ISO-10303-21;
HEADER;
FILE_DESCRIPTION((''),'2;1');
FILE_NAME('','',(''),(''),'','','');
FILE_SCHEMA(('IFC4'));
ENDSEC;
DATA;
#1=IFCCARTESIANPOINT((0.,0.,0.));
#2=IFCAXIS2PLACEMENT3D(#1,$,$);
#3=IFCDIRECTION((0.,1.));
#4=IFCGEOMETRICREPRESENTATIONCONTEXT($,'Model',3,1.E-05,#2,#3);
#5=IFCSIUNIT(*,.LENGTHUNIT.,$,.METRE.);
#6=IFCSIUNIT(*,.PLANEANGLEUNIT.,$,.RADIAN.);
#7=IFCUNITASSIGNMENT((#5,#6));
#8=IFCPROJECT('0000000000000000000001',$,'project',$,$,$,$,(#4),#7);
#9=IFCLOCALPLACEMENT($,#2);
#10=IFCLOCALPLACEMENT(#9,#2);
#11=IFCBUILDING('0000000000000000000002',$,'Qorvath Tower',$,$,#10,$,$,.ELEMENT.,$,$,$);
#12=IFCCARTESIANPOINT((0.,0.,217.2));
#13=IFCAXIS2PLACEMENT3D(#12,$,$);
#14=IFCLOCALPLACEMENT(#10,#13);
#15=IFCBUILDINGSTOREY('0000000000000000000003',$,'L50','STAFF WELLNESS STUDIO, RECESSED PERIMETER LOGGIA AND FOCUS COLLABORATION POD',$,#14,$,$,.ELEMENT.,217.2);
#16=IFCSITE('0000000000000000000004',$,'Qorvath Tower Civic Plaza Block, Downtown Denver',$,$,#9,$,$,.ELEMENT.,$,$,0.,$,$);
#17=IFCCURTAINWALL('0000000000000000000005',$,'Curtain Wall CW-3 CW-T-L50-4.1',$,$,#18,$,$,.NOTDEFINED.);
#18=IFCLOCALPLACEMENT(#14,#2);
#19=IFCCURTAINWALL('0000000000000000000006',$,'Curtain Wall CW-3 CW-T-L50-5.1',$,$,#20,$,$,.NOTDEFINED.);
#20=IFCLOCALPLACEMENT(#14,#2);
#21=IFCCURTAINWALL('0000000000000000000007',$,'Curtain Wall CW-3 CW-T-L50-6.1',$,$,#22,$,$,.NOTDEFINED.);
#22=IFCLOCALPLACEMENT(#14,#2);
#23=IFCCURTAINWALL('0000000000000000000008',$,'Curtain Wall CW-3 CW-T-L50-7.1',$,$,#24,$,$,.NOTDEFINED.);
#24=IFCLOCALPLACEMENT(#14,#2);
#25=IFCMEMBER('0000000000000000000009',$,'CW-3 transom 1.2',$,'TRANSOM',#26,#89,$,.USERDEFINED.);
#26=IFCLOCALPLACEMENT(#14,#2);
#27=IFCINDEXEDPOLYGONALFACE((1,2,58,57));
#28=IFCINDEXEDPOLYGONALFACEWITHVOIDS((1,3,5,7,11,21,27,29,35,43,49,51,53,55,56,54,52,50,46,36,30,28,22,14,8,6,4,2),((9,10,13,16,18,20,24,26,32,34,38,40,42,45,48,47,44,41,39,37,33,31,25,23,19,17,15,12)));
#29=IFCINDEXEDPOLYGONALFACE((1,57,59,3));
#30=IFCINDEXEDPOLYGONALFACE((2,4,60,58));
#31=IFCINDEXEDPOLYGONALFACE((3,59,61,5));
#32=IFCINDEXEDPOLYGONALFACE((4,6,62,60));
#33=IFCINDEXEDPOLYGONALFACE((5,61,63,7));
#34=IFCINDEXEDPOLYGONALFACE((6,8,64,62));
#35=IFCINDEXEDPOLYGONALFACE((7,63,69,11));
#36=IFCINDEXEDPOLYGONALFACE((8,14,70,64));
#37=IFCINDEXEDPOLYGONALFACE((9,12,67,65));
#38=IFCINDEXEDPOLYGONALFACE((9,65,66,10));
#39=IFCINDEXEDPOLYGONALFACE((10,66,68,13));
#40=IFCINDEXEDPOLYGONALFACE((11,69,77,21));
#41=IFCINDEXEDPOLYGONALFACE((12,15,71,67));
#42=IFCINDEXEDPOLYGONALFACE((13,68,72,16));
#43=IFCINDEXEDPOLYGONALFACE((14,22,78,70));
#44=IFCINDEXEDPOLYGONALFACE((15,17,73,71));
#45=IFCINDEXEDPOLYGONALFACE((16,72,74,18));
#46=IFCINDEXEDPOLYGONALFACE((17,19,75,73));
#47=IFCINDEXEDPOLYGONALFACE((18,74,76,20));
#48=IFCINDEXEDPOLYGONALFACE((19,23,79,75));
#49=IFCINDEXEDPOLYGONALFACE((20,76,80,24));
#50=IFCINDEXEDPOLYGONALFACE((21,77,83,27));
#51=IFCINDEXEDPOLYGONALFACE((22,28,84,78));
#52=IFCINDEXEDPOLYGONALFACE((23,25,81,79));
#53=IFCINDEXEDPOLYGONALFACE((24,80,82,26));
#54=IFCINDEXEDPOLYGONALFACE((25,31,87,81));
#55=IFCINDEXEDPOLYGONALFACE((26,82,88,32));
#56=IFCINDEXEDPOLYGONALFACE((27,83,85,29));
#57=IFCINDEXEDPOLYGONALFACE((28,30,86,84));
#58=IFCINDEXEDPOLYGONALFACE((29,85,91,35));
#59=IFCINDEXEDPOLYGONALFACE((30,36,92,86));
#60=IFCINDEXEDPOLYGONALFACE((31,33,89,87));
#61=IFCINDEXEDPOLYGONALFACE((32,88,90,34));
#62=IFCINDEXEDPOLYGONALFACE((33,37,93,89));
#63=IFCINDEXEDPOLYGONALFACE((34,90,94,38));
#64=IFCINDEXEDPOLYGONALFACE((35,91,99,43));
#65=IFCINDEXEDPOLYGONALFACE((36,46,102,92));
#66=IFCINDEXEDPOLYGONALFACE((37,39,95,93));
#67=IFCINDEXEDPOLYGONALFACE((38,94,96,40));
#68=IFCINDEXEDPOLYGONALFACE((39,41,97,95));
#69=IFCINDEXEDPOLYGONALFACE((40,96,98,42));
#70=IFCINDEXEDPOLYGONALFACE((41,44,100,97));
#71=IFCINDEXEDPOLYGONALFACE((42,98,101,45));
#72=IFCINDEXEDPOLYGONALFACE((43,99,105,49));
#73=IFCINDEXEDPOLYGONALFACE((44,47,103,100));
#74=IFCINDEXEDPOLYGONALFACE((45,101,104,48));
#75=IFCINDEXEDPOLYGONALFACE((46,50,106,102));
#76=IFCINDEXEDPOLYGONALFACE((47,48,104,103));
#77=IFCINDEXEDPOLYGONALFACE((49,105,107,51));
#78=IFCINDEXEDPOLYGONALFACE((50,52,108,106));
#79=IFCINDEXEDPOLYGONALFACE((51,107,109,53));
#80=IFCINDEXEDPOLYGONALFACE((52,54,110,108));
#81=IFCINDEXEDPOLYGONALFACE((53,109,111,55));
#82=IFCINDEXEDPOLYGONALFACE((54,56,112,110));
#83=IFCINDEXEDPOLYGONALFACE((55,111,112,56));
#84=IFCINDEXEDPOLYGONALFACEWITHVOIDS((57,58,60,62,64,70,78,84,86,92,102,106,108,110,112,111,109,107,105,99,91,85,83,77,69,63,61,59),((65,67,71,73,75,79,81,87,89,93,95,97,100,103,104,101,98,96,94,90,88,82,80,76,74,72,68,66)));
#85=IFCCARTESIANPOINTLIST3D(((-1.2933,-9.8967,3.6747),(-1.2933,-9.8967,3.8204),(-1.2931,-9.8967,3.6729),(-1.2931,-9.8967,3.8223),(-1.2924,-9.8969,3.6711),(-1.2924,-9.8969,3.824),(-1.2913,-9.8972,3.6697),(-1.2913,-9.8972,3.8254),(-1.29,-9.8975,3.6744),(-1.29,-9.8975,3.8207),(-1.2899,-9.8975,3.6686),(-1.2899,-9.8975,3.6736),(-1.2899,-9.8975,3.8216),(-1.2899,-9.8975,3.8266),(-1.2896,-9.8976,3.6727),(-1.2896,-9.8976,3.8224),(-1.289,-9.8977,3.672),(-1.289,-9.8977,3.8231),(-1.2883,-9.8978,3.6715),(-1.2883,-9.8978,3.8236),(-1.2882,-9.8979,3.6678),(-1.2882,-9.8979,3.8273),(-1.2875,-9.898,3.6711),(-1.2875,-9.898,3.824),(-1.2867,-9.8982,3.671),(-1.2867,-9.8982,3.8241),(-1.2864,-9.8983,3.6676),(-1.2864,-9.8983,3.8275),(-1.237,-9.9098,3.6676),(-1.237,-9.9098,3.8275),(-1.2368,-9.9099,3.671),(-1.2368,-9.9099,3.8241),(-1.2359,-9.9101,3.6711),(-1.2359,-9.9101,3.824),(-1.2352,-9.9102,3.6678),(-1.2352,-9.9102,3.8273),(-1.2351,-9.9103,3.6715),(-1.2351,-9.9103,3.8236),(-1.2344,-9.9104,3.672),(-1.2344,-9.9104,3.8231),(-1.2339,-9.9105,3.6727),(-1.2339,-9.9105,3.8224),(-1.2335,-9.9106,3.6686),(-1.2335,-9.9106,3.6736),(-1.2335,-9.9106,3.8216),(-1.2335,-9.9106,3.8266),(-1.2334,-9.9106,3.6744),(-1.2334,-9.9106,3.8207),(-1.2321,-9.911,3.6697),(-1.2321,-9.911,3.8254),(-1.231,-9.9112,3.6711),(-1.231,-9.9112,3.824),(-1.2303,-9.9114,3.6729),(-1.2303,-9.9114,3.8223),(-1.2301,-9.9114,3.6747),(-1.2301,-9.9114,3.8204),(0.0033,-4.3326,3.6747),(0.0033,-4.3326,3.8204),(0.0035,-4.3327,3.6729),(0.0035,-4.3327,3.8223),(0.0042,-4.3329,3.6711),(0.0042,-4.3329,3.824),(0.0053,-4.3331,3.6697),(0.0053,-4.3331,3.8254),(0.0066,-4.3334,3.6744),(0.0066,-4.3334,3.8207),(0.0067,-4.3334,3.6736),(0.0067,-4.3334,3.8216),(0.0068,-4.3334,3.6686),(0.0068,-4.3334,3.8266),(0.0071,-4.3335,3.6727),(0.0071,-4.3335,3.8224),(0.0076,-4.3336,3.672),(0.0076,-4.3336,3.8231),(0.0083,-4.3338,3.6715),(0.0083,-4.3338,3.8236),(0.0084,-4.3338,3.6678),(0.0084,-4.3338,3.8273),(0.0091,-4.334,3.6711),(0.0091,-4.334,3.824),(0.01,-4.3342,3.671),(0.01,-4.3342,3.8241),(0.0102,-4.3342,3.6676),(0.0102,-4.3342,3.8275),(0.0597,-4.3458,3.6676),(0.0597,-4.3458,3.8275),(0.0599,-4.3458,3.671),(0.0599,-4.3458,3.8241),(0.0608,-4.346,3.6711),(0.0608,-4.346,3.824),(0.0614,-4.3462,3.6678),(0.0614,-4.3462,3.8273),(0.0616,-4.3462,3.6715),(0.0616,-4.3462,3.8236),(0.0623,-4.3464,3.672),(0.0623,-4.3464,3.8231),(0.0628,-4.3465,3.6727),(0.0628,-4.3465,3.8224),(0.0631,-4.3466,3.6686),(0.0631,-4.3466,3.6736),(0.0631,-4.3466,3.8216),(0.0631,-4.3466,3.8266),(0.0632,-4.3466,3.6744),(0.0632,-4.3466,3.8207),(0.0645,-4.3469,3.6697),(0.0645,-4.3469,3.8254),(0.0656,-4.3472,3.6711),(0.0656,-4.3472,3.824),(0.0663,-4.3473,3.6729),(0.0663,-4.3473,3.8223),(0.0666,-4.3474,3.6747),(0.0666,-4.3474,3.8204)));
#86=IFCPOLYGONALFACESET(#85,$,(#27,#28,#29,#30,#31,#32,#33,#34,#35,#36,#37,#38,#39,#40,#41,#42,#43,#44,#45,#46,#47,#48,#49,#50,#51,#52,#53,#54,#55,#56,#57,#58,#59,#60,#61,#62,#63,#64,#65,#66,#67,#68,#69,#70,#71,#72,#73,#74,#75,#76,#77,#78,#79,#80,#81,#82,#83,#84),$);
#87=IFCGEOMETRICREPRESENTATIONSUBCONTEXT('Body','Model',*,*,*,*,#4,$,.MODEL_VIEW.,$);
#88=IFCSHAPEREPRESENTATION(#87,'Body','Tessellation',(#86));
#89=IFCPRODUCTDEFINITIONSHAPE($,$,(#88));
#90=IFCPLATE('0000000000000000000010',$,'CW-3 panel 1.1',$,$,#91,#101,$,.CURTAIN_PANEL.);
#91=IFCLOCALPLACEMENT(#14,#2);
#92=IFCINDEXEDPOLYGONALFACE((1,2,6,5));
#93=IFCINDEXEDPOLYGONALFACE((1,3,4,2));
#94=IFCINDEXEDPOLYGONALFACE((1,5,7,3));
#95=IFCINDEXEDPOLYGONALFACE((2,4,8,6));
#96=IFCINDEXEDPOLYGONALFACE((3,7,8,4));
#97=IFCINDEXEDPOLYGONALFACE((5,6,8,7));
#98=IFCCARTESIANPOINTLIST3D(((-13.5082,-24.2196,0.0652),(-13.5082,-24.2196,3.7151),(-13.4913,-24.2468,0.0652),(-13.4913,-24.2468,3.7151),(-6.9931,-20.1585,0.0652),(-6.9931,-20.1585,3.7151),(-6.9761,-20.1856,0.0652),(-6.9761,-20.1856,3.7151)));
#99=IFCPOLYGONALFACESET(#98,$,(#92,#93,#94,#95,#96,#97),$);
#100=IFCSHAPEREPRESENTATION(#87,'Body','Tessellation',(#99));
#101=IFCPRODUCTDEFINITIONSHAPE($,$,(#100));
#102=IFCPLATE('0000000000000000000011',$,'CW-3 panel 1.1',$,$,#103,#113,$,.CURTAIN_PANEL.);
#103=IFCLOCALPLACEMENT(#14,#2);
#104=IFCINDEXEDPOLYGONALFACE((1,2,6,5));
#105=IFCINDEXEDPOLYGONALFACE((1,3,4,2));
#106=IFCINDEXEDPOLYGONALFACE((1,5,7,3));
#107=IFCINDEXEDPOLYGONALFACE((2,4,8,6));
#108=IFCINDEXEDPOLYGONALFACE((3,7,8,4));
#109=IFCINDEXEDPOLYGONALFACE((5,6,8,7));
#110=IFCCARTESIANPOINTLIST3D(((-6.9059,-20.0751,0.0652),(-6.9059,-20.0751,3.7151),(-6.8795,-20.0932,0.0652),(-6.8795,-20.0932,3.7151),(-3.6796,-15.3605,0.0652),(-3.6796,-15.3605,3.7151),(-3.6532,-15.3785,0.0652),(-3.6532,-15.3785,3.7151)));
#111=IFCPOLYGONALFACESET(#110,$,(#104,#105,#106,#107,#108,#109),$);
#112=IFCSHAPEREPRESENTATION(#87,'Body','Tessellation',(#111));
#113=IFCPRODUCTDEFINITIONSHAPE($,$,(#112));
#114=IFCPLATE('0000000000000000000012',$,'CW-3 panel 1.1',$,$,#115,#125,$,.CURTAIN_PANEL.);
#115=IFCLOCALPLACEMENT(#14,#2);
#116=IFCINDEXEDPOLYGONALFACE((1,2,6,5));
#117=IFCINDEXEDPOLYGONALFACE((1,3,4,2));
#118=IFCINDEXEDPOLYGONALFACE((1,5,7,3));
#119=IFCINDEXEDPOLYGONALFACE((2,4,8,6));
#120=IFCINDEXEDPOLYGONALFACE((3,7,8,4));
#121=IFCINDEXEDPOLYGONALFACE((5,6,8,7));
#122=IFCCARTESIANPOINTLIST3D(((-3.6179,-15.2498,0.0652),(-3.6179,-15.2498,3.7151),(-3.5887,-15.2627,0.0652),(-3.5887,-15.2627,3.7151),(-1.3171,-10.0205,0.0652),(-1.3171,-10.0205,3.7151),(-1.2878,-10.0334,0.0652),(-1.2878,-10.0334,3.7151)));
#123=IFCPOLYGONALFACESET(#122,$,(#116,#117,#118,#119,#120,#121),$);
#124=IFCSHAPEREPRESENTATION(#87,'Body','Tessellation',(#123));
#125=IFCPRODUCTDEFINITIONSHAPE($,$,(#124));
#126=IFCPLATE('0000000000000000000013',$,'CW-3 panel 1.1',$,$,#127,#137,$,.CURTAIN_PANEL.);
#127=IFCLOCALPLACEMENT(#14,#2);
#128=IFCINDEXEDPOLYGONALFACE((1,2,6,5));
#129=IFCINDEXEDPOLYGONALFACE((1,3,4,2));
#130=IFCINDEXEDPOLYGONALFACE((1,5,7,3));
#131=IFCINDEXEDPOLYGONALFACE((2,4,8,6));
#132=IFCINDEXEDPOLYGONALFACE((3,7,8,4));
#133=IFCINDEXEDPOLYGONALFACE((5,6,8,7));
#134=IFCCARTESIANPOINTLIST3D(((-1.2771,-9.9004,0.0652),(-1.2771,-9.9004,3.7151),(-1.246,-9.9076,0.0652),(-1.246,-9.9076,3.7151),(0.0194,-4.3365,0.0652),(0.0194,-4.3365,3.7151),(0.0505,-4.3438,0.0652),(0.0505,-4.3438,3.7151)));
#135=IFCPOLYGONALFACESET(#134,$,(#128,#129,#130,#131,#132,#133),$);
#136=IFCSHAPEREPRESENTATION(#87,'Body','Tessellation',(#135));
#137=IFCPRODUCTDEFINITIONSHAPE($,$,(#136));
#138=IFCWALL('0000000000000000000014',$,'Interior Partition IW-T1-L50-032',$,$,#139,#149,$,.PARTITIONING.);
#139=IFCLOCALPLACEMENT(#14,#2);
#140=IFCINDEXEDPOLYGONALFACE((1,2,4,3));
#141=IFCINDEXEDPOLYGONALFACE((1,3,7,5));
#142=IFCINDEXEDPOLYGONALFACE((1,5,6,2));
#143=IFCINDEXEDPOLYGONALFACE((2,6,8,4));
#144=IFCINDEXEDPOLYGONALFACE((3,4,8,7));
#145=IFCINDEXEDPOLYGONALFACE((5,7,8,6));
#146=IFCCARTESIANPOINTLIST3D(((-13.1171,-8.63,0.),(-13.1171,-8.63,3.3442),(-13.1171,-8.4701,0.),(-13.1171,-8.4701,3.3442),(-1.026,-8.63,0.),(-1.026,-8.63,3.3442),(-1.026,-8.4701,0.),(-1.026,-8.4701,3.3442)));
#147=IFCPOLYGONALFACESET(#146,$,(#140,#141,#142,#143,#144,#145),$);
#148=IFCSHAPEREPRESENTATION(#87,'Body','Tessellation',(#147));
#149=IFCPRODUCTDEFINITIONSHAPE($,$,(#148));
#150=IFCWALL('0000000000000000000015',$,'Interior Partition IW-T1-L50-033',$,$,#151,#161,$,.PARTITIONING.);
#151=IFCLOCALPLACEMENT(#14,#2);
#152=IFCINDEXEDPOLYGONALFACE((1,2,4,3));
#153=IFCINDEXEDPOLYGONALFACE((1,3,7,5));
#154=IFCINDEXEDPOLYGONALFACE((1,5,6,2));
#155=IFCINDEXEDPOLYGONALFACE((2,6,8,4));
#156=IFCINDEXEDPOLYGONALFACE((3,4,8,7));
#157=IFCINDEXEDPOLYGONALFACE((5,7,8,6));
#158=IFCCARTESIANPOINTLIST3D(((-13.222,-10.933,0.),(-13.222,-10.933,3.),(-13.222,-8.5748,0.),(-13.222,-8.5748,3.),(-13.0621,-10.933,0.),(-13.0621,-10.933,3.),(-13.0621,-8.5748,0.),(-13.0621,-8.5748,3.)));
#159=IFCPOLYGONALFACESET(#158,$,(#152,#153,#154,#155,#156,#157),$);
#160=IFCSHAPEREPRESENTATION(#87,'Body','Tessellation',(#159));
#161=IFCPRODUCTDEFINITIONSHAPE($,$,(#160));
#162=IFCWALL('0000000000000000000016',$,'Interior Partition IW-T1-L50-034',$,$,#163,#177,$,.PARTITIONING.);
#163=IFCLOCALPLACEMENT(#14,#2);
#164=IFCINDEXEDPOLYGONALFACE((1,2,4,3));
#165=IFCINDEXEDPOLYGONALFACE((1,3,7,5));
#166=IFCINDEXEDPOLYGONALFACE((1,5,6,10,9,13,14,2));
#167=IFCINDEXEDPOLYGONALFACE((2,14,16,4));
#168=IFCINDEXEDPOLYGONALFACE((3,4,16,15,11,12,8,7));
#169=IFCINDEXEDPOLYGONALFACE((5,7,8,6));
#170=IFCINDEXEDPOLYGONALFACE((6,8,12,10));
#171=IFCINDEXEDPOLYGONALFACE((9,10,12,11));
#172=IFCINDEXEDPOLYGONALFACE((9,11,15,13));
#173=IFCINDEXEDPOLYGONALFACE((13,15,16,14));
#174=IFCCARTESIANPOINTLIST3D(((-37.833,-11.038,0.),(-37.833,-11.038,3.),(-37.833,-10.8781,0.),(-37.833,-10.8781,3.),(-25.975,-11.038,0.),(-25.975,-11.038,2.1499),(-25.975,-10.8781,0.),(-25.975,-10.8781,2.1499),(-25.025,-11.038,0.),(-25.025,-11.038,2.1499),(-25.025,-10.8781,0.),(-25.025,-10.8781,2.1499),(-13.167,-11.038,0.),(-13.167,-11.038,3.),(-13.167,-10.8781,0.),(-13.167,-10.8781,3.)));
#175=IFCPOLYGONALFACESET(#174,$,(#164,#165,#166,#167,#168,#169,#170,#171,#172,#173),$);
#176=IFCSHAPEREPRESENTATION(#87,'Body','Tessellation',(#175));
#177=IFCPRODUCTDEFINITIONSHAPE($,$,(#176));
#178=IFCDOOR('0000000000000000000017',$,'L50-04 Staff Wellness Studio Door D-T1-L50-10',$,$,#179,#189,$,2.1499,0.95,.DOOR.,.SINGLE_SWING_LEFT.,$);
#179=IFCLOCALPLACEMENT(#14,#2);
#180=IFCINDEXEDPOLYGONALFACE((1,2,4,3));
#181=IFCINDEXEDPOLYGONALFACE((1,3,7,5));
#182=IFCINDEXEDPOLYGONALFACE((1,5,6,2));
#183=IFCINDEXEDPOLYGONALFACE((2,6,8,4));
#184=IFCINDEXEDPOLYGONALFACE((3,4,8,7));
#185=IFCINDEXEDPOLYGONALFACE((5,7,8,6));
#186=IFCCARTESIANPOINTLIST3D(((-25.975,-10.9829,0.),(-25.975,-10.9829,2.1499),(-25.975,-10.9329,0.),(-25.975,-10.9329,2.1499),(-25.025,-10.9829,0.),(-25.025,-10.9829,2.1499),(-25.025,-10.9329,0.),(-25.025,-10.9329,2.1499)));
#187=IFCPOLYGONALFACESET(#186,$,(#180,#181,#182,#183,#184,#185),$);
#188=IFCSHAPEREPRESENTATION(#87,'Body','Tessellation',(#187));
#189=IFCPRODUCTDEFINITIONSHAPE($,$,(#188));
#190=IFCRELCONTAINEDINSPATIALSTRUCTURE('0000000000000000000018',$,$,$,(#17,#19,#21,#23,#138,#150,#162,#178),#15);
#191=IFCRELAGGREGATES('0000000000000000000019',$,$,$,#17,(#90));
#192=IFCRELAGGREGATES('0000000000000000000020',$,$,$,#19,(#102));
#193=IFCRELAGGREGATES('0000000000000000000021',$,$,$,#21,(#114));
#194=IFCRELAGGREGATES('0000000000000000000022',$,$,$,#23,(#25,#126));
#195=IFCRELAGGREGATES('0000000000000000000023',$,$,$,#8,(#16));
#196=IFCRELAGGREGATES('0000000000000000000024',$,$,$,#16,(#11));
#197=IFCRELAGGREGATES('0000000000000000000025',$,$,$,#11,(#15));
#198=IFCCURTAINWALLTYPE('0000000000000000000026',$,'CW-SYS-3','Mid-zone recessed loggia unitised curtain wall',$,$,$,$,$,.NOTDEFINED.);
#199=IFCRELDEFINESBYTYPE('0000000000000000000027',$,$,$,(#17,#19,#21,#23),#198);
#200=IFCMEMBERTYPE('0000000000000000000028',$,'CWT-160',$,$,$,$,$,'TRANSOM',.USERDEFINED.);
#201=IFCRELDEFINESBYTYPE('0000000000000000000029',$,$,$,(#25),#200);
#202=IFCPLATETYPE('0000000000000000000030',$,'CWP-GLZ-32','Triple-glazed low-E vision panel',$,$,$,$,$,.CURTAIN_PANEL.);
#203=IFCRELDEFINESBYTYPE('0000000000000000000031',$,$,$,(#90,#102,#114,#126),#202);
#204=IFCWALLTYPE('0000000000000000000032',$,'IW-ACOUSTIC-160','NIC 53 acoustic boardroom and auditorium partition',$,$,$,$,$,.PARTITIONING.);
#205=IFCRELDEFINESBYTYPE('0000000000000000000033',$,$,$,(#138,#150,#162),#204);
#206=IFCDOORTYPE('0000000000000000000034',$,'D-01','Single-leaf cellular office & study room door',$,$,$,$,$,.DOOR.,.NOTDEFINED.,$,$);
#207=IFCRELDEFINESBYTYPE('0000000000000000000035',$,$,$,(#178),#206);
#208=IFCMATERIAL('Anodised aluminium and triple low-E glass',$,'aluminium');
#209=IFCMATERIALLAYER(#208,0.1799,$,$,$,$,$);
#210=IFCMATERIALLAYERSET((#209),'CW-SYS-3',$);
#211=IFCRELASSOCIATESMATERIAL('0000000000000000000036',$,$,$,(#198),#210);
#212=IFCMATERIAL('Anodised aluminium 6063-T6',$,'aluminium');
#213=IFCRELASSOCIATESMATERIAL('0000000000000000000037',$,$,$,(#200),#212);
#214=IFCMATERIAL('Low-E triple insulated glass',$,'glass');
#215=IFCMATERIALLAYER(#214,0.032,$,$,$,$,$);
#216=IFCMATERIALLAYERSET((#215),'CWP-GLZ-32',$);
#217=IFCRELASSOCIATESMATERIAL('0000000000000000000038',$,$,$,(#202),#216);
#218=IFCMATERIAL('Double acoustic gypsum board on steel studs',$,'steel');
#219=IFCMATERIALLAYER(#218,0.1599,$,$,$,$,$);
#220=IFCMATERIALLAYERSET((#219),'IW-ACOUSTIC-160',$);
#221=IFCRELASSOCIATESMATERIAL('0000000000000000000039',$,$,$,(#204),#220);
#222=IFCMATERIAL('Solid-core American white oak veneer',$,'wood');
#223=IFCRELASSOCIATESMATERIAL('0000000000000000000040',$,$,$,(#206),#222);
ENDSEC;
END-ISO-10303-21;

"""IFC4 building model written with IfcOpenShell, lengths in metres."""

from ifc_helpers import new_model, si_unit, direction, frame, frame_2d, origin, origin_2d, place, context, subcontext, project, spatial, rectangle, hollow_rectangle, extrude, material, layer, layer_set, material_profile, profile_set, type_object, element, fill, aggregate, save


model = new_model("IFC4")

# Units and contexts
model_context = context("Model", 3, precision=1e-05, world=origin(), true_north=direction((0.0, 1.0)))
body_context = subcontext(model_context, "Body", "Model", "MODEL_VIEW")
ifc_project = project(units=[si_unit("LENGTHUNIT", "METRE"), si_unit("PLANEANGLEUNIT", "RADIAN")], contexts=[model_context])

# Site, building, storey
site_placement = place(None, origin())
site = spatial("IfcSite", under=ifc_project, at=site_placement, Name="Qorvath Tower Civic Plaza Block, Downtown Denver", CompositionType="ELEMENT", RefElevation=0.0)
building_placement = place(site_placement, origin())
building = spatial("IfcBuilding", under=site, at=building_placement, Name="Qorvath Tower", CompositionType="ELEMENT")
storey_placement = place(building_placement, frame((0.0, 0.0, 217.2)))
storey = spatial("IfcBuildingStorey", under=building, at=storey_placement, Name="L50", Description="STAFF WELLNESS STUDIO, RECESSED PERIMETER LOGGIA AND FOCUS COLLABORATION POD", CompositionType="ELEMENT", Elevation=217.2)

# Curtain wall
ifc_material_1 = material(Name="Anodised aluminium and triple low-E glass", Category="aluminium")
ifc_layer_1 = layer(ifc_material_1, 0.1799)
ifc_layer_set_1 = layer_set([ifc_layer_1], Name="CW-SYS-3")
curtain_wall_type = type_object("IfcCurtainWallType", Name="CW-SYS-3", Description="Mid-zone recessed loggia unitised curtain wall", PredefinedType="NOTDEFINED", material=ifc_layer_set_1)
curtain_wall_1_placement = place(storey_placement, origin())
curtain_wall_1 = element("IfcCurtainWall", 1, at=curtain_wall_1_placement, inside=storey, type_object=curtain_wall_type, Name="Curtain Wall CW-3 CW-T-L50-4.1", PredefinedType="NOTDEFINED")

# Curtain walls
curtain_wall_2_placement = place(storey_placement, origin())
curtain_wall_2 = element("IfcCurtainWall", 2, at=curtain_wall_2_placement, inside=storey, type_object=curtain_wall_type, Name="Curtain Wall CW-3 CW-T-L50-5.1", PredefinedType="NOTDEFINED")
curtain_wall_3_placement = place(storey_placement, origin())
curtain_wall_3 = element("IfcCurtainWall", 3, at=curtain_wall_3_placement, inside=storey, type_object=curtain_wall_type, Name="Curtain Wall CW-3 CW-T-L50-6.1", PredefinedType="NOTDEFINED")

# Curtain wall
curtain_wall_4_placement = place(storey_placement, origin())
curtain_wall_4 = element("IfcCurtainWall", 4, at=curtain_wall_4_placement, inside=storey, type_object=curtain_wall_type, Name="Curtain Wall CW-3 CW-T-L50-7.1", PredefinedType="NOTDEFINED")

# Member
ifc_material_2 = material(Name="Anodised aluminium 6063-T6", Category="aluminium")
ifc_material_profile_1 = material_profile(ifc_material_2, hollow_rectangle(XDim=0.0649, YDim=0.1599, WallThickness=0.0034, InnerFilletRadius=0.0034, OuterFilletRadius=0.0071, at=origin_2d()), Name="CWT 160x65")
ifc_profile_set_1 = profile_set([ifc_material_profile_1], Name="Anodised aluminium 6063-T6")
member_type_1 = type_object("IfcMemberType", Name="CWT-160", ElementType="TRANSOM", PredefinedType="USERDEFINED", material=ifc_profile_set_1)
member_1_placement = place(storey_placement, frame((-1.2617, -9.9041, 3.7476), z_axis=(0.226959, 0.973904, 0.0), x_axis=(-0.973904, 0.226959, 0.0)))
member_1 = element("IfcMember", 5, at=member_1_placement, type_object=member_type_1, Name="CW-3 transom 1.2", ObjectType="TRANSOM", PredefinedType="USERDEFINED", context=body_context, shape_type="SweptSolid", body=[
    extrude(hollow_rectangle(XDim=0.0649, YDim=0.1599, WallThickness=0.0034, InnerFilletRadius=0.0034, OuterFilletRadius=0.0071, at=origin_2d()), origin(), (0.0, 0.0, 1.0), 5.7131),
])

# Plates
ifc_material_3 = material(Name="Low-E triple insulated glass", Category="glass")
ifc_layer_2 = layer(ifc_material_3, 0.032)
ifc_layer_set_2 = layer_set([ifc_layer_2], Name="CWP-GLZ-32")
plate_type = type_object("IfcPlateType", Name="CWP-GLZ-32", Description="Triple-glazed low-E vision panel", PredefinedType="CURTAIN_PANEL", material=ifc_layer_set_2)
plate_1_placement = place(storey_placement, frame((-10.2422, -22.2026, 0.0652), z_axis=(0.0, 0.0, 1.0), x_axis=(0.848633, 0.528982, 0.0)))
plate_1 = element("IfcPlate", 6, at=plate_1_placement, type_object=plate_type, Name="CW-3 panel 1.1", PredefinedType="CURTAIN_PANEL", context=body_context, shape_type="SweptSolid", body=[
    extrude(rectangle(XDim=7.6772, YDim=0.032, at=origin_2d()), origin(), (0.0, 0.0, 1.0), 3.6499),
])
aggregate(curtain_wall_1, [plate_1])
plate_2_placement = place(storey_placement, frame((-5.2795, -17.7268, 0.0652), z_axis=(0.0, 0.0, 1.0), x_axis=(0.564746, 0.825264, 0.0)))
plate_2 = element("IfcPlate", 7, at=plate_2_placement, type_object=plate_type, Name="CW-3 panel 1.1", PredefinedType="CURTAIN_PANEL", context=body_context, shape_type="SweptSolid", body=[
    extrude(rectangle(XDim=5.7129, YDim=0.032, at=origin_2d()), origin(), (0.0, 0.0, 1.0), 3.6499),
])
aggregate(curtain_wall_2, [plate_2])
plate_3_placement = place(storey_placement, frame((-2.4529, -12.6416, 0.0652), z_axis=(0.0, 0.0, 1.0), x_axis=(0.402725, 0.915321, 0.0)))
plate_3 = element("IfcPlate", 8, at=plate_3_placement, type_object=plate_type, Name="CW-3 panel 1.1", PredefinedType="CURTAIN_PANEL", context=body_context, shape_type="SweptSolid", body=[
    extrude(rectangle(XDim=5.7131, YDim=0.032, at=origin_2d()), origin(), (0.0, 0.0, 1.0), 3.6499),
])
aggregate(curtain_wall_3, [plate_3])
plate_4_placement = place(storey_placement, frame((-0.6133, -7.1221, 0.0652), z_axis=(0.0, 0.0, 1.0), x_axis=(0.226944, 0.973908, 0.0)))
plate_4 = element("IfcPlate", 9, at=plate_4_placement, type_object=plate_type, Name="CW-3 panel 1.1", PredefinedType="CURTAIN_PANEL", context=body_context, shape_type="SweptSolid", body=[
    extrude(rectangle(XDim=5.7129, YDim=0.032, at=origin_2d()), origin(), (0.0, 0.0, 1.0), 3.6499),
])
aggregate(curtain_wall_4, [member_1, plate_4])

# Walls
ifc_material_4 = material(Name="Double acoustic gypsum board on steel studs", Category="steel")
ifc_layer_3 = layer(ifc_material_4, 0.1599)
ifc_layer_set_3 = layer_set([ifc_layer_3], Name="IW-ACOUSTIC-160")
wall_type = type_object("IfcWallType", Name="IW-ACOUSTIC-160", Description="NIC 53 acoustic boardroom and auditorium partition", PredefinedType="PARTITIONING", material=ifc_layer_set_3)
wall_1_placement = place(storey_placement, frame((-1.0261, -8.55, 0.0), z_axis=(0.0, 0.0, 1.0), x_axis=(-1.0, 0.0, 0.0)))
element("IfcWall", 10, at=wall_1_placement, inside=storey, type_object=wall_type, Name="Interior Partition IW-T1-L50-032", PredefinedType="PARTITIONING", context=body_context, shape_type="SweptSolid", body=[
    extrude(rectangle(XDim=12.0911, YDim=0.1599, at=frame_2d((6.0454, 0.0))), origin(), (0.0, 0.0, 1.0), 3.3442),
])
wall_2_placement = place(storey_placement, frame((-13.1421, -10.9331, 0.0), z_axis=(0.0, 0.0, 1.0), x_axis=(0.0, 1.0, 0.0)))
element("IfcWall", 11, at=wall_2_placement, inside=storey, type_object=wall_type, Name="Interior Partition IW-T1-L50-033", PredefinedType="PARTITIONING", context=body_context, shape_type="SweptSolid", body=[
    extrude(rectangle(XDim=2.3582, YDim=0.1599, at=frame_2d((1.1792, 0.0))), origin(), (0.0, 0.0, 1.0), 3.0),
])

# Wall, opening, door
wall_3_placement = place(storey_placement, frame((-13.167, -10.958, 0.0), z_axis=(0.0, 0.0, 1.0), x_axis=(-1.0, 0.0, 0.0)))
wall_3 = element("IfcWall", 12, at=wall_3_placement, inside=storey, type_object=wall_type, Name="Interior Partition IW-T1-L50-034", PredefinedType="PARTITIONING", context=body_context, shape_type="SweptSolid", body=[
    extrude(rectangle(XDim=24.666, YDim=0.1599, at=frame_2d((12.333, 0.0))), origin(), (0.0, 0.0, 1.0), 3.0),
])
opening_placement = place(wall_3_placement, frame((11.8579, 0.0, 0.0)))
opening = element("IfcOpeningElement", 13, at=opening_placement, cuts=wall_3, PredefinedType="OPENING", context=body_context, shape_type="SweptSolid", body=[
    extrude(rectangle(XDim=0.95, YDim=2.1499, at=frame_2d((0.4751, 1.075))), frame((0.0, 0.0898, 0.0), z_axis=(0.0, -1.0, 0.0), x_axis=(1.0, 0.0, 0.0)), (0.0, 0.0, 1.0), 0.1799),
])
ifc_material_5 = material(Name="Solid-core American white oak veneer", Category="wood")
door_type = type_object("IfcDoorType", Name="D-01", Description="Single-leaf cellular office & study room door", OperationType="NOTDEFINED", PredefinedType="DOOR", material=ifc_material_5)
door_placement = place(opening_placement, origin())
door = element("IfcDoor", 14, at=door_placement, inside=storey, type_object=door_type, Name="L50-04 Staff Wellness Studio Door D-T1-L50-10", OperationType="SINGLE_SWING_LEFT", OverallHeight=2.1499, OverallWidth=0.95, PredefinedType="DOOR", context=body_context, shape_type="SweptSolid", body=[
    extrude(rectangle(XDim=0.95, YDim=2.1499, at=frame_2d((0.4751, 1.075))), frame((0.0, 0.0249, 0.0), z_axis=(0.0, -1.0, 0.0), x_axis=(1.0, 0.0, 0.0)), (0.0, 0.0, 1.0), 0.05),
])
fill(opening, door)

save(model, "model.ifc")
